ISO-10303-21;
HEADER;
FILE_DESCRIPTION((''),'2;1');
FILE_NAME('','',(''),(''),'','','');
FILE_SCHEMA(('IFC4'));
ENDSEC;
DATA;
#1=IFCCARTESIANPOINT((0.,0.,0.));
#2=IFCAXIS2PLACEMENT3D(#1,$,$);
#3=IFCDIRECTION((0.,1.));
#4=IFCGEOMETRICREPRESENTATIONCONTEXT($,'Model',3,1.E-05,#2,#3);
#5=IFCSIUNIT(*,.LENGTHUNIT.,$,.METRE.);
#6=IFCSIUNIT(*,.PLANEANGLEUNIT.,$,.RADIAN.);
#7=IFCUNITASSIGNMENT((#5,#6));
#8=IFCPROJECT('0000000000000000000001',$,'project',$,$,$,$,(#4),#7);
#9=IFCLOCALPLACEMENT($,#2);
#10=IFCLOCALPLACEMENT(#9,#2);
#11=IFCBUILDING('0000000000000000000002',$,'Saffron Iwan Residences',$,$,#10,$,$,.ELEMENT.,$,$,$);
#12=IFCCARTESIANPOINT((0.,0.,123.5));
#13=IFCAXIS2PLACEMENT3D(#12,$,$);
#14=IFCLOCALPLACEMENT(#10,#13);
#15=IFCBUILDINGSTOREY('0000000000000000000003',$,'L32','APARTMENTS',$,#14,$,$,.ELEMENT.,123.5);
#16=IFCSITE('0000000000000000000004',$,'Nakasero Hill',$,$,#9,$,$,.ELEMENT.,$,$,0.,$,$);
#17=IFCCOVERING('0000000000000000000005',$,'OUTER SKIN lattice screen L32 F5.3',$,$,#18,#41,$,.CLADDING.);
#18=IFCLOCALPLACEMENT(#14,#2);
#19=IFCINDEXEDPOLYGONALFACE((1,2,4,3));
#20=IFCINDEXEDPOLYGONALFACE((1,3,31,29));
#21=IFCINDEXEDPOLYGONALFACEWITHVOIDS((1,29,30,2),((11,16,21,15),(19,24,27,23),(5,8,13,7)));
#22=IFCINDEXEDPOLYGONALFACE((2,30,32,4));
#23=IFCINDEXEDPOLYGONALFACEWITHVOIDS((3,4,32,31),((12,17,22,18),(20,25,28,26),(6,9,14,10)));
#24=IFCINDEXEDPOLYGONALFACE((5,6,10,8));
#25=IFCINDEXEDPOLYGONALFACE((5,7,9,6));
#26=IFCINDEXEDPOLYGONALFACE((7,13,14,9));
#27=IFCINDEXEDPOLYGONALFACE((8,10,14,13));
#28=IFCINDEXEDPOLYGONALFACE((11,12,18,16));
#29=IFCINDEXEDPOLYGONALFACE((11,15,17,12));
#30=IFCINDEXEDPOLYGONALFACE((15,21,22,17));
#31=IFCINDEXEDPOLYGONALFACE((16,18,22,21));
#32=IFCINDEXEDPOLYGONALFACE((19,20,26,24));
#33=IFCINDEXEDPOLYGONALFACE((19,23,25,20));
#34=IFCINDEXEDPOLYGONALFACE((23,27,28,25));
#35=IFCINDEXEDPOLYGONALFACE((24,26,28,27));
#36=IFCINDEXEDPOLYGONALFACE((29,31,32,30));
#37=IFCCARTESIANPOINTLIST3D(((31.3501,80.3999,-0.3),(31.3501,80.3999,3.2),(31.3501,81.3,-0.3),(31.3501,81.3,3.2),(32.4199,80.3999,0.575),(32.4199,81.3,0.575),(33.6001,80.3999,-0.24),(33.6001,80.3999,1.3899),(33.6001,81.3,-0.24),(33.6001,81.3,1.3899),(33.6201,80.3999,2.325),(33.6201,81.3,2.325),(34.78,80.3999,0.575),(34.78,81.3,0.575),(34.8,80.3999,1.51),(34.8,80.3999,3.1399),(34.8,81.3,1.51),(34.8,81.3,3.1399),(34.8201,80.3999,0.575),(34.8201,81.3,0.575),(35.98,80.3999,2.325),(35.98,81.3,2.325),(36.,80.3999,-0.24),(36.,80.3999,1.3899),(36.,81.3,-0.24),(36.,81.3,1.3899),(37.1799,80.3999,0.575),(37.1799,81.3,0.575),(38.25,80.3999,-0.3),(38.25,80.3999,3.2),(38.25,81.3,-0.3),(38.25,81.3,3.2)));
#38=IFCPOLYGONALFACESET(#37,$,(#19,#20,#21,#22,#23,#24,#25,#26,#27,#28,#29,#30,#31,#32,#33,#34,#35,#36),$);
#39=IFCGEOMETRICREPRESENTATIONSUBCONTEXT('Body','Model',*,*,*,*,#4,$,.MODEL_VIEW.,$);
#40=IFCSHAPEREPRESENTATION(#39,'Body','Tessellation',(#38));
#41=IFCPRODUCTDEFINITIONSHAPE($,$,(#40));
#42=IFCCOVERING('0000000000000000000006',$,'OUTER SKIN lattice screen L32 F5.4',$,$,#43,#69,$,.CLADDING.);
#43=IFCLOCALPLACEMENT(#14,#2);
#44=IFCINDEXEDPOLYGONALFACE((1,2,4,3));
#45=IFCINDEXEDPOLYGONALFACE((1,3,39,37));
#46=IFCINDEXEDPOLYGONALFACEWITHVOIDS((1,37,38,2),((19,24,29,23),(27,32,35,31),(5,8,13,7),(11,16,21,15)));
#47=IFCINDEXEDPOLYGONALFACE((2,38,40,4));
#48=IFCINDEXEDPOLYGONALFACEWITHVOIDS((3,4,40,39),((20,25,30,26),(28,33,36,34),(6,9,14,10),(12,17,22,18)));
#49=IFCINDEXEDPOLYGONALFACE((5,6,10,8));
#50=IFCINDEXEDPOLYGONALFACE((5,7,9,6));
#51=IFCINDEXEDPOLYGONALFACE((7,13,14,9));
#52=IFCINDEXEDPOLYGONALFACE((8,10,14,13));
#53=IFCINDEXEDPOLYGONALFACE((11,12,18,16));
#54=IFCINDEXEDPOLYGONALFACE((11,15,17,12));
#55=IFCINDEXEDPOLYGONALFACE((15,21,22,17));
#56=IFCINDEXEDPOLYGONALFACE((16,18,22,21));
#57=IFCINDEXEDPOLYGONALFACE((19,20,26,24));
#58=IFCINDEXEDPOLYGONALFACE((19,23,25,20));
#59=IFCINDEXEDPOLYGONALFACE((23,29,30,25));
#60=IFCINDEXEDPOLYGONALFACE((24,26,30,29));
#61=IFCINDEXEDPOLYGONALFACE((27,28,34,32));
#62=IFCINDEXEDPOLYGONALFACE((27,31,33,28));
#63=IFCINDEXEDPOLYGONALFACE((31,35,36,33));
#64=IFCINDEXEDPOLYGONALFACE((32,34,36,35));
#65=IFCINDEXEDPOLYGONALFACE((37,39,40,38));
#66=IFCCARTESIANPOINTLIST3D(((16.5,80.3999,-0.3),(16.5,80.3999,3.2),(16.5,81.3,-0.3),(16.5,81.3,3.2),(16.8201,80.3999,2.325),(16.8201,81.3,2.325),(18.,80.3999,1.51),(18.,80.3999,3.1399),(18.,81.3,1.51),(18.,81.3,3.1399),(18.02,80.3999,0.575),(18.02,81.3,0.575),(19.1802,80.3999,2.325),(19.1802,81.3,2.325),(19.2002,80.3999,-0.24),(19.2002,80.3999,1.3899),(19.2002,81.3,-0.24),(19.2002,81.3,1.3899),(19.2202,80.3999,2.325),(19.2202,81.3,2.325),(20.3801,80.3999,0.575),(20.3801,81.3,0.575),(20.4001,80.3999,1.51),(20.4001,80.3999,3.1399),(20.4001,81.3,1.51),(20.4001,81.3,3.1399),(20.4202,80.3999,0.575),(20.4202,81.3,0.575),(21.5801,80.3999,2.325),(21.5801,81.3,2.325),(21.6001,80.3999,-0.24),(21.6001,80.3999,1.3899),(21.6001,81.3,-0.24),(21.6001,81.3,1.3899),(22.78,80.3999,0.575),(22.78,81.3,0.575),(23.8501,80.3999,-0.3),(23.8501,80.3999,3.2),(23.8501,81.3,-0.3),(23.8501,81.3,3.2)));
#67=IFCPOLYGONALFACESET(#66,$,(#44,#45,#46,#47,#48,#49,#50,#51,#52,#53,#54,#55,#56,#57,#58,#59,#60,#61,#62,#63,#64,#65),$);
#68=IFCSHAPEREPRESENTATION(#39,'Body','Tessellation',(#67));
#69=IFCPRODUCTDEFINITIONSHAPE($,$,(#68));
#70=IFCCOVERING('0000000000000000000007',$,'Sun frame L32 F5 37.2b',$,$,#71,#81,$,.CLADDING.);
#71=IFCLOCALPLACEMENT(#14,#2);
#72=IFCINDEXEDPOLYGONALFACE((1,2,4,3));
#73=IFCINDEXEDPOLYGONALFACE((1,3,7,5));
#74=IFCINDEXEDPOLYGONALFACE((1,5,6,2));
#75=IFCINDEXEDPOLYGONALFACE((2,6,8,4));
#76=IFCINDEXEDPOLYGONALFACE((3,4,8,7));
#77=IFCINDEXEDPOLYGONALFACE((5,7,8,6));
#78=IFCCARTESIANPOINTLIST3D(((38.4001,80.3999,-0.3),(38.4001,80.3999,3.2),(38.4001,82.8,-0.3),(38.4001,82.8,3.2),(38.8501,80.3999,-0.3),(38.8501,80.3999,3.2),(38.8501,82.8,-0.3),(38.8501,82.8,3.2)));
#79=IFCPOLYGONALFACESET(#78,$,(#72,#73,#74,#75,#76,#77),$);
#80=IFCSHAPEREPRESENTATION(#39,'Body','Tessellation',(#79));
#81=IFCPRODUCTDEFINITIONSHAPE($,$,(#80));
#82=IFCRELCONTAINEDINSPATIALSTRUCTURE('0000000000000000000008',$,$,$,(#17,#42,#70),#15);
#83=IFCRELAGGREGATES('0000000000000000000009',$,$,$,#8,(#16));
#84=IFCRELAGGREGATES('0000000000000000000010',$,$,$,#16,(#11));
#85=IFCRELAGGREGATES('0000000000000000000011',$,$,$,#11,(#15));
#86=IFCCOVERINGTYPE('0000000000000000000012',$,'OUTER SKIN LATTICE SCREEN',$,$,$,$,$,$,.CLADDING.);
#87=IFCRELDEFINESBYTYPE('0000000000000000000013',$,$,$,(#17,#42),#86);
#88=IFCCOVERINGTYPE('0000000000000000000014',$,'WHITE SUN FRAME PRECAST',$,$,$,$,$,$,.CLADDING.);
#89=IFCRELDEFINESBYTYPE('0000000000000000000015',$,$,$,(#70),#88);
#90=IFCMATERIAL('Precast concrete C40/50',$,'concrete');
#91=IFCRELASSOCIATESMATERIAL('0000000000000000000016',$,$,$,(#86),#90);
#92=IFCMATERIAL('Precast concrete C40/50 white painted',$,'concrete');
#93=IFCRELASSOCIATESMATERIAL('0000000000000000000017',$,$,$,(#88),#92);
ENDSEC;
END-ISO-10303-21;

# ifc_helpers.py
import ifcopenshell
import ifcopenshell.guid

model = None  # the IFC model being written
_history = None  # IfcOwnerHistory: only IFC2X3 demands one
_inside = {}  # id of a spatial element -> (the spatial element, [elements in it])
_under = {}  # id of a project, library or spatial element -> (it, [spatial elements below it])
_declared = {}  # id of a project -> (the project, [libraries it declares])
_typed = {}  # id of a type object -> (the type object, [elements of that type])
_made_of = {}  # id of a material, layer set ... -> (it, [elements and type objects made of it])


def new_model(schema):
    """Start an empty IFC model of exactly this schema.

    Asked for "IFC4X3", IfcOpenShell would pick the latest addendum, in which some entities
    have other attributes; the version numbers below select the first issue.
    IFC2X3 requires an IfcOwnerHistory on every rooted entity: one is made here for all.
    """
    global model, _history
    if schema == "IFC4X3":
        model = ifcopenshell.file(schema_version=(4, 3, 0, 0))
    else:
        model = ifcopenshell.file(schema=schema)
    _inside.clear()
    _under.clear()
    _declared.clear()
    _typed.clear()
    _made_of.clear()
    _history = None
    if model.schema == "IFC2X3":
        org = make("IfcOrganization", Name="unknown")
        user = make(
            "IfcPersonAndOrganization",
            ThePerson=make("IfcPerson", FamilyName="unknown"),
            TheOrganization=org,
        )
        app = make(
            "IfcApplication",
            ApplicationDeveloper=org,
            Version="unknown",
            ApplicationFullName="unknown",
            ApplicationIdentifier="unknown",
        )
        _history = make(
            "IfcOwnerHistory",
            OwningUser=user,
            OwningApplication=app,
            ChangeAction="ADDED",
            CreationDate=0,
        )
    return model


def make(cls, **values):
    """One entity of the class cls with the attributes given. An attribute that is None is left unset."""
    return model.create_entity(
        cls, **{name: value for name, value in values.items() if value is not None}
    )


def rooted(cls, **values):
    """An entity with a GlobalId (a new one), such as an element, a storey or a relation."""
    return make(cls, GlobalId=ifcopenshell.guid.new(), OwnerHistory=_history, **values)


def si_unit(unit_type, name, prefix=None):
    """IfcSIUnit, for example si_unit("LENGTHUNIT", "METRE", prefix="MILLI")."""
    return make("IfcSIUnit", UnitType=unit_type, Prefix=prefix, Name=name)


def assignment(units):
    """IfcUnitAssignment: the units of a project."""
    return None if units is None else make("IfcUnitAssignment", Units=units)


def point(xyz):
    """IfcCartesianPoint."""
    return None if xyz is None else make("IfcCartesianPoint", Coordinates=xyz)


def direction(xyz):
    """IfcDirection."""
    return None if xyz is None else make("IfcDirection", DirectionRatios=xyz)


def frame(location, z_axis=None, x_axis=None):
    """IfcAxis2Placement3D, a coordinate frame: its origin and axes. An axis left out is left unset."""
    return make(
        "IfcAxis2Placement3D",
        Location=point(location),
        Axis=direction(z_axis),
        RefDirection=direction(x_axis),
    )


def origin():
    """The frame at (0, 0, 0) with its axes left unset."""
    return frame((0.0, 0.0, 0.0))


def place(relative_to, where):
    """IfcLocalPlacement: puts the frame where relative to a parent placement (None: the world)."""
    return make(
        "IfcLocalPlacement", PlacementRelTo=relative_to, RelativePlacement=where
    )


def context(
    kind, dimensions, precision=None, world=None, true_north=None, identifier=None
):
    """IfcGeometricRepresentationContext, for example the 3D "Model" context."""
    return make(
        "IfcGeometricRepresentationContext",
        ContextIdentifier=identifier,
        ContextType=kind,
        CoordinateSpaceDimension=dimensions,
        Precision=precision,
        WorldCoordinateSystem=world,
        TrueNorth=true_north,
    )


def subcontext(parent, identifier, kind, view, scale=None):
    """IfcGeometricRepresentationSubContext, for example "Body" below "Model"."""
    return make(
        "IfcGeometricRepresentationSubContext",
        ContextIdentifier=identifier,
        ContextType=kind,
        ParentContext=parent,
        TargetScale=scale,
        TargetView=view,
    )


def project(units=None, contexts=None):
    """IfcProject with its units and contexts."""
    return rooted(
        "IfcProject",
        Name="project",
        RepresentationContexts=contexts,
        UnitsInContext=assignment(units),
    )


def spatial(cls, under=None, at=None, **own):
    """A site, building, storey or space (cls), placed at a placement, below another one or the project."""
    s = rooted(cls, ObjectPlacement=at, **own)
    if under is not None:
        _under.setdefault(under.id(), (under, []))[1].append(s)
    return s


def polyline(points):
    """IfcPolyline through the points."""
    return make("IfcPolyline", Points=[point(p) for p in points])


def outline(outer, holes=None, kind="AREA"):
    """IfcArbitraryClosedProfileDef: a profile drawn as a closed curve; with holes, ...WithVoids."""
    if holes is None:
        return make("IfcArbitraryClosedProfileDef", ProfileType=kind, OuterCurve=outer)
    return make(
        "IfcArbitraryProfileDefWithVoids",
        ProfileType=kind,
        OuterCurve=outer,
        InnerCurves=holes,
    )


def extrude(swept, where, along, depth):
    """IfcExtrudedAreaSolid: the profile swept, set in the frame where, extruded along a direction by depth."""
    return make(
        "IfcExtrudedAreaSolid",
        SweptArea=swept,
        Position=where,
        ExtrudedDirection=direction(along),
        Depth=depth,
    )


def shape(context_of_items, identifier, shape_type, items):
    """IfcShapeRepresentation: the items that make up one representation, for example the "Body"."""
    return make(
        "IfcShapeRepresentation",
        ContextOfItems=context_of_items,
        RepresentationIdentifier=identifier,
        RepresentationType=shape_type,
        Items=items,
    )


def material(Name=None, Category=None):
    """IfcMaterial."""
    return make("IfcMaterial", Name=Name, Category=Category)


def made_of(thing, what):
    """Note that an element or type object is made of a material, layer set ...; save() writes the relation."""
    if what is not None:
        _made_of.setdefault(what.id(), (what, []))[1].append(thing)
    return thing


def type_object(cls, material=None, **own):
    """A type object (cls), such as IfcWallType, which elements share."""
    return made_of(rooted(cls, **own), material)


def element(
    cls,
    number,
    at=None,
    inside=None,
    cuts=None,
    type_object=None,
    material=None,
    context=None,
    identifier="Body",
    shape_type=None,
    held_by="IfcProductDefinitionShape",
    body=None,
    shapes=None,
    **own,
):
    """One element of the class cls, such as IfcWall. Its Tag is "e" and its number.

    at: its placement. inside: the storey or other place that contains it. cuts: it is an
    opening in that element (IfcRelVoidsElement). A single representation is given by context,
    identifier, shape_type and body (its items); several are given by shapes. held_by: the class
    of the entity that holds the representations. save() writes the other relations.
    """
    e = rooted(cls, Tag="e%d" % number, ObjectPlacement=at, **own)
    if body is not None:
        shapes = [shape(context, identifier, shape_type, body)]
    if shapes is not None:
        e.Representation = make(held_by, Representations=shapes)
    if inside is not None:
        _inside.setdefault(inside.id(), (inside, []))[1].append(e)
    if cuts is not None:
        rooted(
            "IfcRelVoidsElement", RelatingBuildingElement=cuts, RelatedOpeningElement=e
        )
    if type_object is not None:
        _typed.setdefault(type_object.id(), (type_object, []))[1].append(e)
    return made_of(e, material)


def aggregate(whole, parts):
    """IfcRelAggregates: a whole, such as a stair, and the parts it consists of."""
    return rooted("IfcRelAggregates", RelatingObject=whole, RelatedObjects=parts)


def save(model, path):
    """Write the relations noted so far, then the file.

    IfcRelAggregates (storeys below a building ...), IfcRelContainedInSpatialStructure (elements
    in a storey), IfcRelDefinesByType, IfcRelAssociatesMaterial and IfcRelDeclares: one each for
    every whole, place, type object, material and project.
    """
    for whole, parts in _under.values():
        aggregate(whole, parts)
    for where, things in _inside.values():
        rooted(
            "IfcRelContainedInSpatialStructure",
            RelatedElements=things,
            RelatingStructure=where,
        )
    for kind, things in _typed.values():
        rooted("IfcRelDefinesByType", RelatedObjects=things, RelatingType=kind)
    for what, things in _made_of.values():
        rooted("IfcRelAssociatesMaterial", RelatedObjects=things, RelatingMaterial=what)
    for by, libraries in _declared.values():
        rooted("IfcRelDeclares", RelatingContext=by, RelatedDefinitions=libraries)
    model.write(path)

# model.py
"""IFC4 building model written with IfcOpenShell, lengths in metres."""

from ifc_helpers import new_model, si_unit, direction, frame, origin, place, context, subcontext, project, spatial, polyline, outline, extrude, material, type_object, element, save


model = new_model("IFC4")

# Units and contexts
model_context = context("Model", 3, precision=1e-05, world=origin(), true_north=direction((0.0, 1.0)))
body_context = subcontext(model_context, "Body", "Model", "MODEL_VIEW")
ifc_project = project(units=[si_unit("LENGTHUNIT", "METRE"), si_unit("PLANEANGLEUNIT", "RADIAN")], contexts=[model_context])

# Site, building, storey
site_placement = place(None, origin())
site = spatial("IfcSite", under=ifc_project, at=site_placement, Name="Nakasero Hill", CompositionType="ELEMENT", RefElevation=0.0)
building_placement = place(site_placement, origin())
building = spatial("IfcBuilding", under=site, at=building_placement, Name="Saffron Iwan Residences", CompositionType="ELEMENT")
storey_placement = place(building_placement, frame((0.0, 0.0, 123.5)))
storey = spatial("IfcBuildingStorey", under=building, at=storey_placement, Name="L32", Description="APARTMENTS", CompositionType="ELEMENT", Elevation=123.5)

# Coverings
ifc_material_1 = material(Name="Precast concrete C40/50", Category="concrete")
covering_type_1 = type_object("IfcCoveringType", Name="OUTER SKIN LATTICE SCREEN", PredefinedType="CLADDING", material=ifc_material_1)
covering_1_placement = place(storey_placement, frame((38.25, 80.3999, -0.3), z_axis=(0.0, 1.0, 0.0), x_axis=(-1.0, 0.0, 0.0)))
element("IfcCovering", 1, at=covering_1_placement, inside=storey, type_object=covering_type_1, Name="OUTER SKIN lattice screen L32 F5.3", PredefinedType="CLADDING", context=body_context, shape_type="SweptSolid", body=[
    extrude(outline(polyline([(0.0, 0.0), (6.8999, 0.0), (6.8999, 3.5), (0.0, 3.5), (0.0, 0.0)]), holes=[polyline([(1.0701, 0.875), (2.25, 0.0601), (3.4299, 0.875), (2.25, 1.6899), (1.0701, 0.875)]), polyline([(3.47, 0.875), (4.6499, 0.0601), (5.8301, 0.875), (4.6499, 1.6899), (3.47, 0.875)]), polyline([(2.27, 2.625), (3.45, 1.8101), (4.6299, 2.625), (3.45, 3.4399), (2.27, 2.625)])]), origin(), (0.0, 0.0, 1.0), 0.9001),
])
covering_2_placement = place(storey_placement, frame((23.8501, 80.3999, -0.3), z_axis=(0.0, 1.0, 0.0), x_axis=(-1.0, 0.0, 0.0)))
element("IfcCovering", 2, at=covering_2_placement, inside=storey, type_object=covering_type_1, Name="OUTER SKIN lattice screen L32 F5.4", PredefinedType="CLADDING", context=body_context, shape_type="SweptSolid", body=[
    extrude(outline(polyline([(0.0, 0.0), (7.3501, 0.0), (7.3501, 3.5), (0.0, 3.5), (0.0, 0.0)]), holes=[polyline([(1.0701, 0.875), (2.25, 0.0601), (3.4299, 0.875), (2.25, 1.6899), (1.0701, 0.875)]), polyline([(3.47, 0.875), (4.6499, 0.0601), (5.8301, 0.875), (4.6499, 1.6899), (3.47, 0.875)]), polyline([(2.27, 2.625), (3.45, 1.8101), (4.6299, 2.625), (3.45, 3.4399), (2.27, 2.625)]), polyline([(4.6699, 2.625), (5.8501, 1.8101), (7.03, 2.625), (5.8501, 3.4399), (4.6699, 2.625)])]), origin(), (0.0, 0.0, 1.0), 0.9001),
])
ifc_material_2 = material(Name="Precast concrete C40/50 white painted", Category="concrete")
covering_type_2 = type_object("IfcCoveringType", Name="WHITE SUN FRAME PRECAST", PredefinedType="CLADDING", material=ifc_material_2)
covering_3_placement = place(storey_placement, frame((38.8501, 80.3999, -0.3), z_axis=(0.0, 1.0, 0.0), x_axis=(-1.0, 0.0, 0.0)))
element("IfcCovering", 3, at=covering_3_placement, inside=storey, type_object=covering_type_2, Name="Sun frame L32 F5 37.2b", PredefinedType="CLADDING", context=body_context, shape_type="SweptSolid", body=[
    extrude(outline(polyline([(0.0, 0.0), (0.45, 0.0), (0.45, 3.5), (0.0, 3.5), (0.0, 0.0)])), origin(), (0.0, 0.0, 1.0), 2.4001),
])

save(model, "model.ifc")
